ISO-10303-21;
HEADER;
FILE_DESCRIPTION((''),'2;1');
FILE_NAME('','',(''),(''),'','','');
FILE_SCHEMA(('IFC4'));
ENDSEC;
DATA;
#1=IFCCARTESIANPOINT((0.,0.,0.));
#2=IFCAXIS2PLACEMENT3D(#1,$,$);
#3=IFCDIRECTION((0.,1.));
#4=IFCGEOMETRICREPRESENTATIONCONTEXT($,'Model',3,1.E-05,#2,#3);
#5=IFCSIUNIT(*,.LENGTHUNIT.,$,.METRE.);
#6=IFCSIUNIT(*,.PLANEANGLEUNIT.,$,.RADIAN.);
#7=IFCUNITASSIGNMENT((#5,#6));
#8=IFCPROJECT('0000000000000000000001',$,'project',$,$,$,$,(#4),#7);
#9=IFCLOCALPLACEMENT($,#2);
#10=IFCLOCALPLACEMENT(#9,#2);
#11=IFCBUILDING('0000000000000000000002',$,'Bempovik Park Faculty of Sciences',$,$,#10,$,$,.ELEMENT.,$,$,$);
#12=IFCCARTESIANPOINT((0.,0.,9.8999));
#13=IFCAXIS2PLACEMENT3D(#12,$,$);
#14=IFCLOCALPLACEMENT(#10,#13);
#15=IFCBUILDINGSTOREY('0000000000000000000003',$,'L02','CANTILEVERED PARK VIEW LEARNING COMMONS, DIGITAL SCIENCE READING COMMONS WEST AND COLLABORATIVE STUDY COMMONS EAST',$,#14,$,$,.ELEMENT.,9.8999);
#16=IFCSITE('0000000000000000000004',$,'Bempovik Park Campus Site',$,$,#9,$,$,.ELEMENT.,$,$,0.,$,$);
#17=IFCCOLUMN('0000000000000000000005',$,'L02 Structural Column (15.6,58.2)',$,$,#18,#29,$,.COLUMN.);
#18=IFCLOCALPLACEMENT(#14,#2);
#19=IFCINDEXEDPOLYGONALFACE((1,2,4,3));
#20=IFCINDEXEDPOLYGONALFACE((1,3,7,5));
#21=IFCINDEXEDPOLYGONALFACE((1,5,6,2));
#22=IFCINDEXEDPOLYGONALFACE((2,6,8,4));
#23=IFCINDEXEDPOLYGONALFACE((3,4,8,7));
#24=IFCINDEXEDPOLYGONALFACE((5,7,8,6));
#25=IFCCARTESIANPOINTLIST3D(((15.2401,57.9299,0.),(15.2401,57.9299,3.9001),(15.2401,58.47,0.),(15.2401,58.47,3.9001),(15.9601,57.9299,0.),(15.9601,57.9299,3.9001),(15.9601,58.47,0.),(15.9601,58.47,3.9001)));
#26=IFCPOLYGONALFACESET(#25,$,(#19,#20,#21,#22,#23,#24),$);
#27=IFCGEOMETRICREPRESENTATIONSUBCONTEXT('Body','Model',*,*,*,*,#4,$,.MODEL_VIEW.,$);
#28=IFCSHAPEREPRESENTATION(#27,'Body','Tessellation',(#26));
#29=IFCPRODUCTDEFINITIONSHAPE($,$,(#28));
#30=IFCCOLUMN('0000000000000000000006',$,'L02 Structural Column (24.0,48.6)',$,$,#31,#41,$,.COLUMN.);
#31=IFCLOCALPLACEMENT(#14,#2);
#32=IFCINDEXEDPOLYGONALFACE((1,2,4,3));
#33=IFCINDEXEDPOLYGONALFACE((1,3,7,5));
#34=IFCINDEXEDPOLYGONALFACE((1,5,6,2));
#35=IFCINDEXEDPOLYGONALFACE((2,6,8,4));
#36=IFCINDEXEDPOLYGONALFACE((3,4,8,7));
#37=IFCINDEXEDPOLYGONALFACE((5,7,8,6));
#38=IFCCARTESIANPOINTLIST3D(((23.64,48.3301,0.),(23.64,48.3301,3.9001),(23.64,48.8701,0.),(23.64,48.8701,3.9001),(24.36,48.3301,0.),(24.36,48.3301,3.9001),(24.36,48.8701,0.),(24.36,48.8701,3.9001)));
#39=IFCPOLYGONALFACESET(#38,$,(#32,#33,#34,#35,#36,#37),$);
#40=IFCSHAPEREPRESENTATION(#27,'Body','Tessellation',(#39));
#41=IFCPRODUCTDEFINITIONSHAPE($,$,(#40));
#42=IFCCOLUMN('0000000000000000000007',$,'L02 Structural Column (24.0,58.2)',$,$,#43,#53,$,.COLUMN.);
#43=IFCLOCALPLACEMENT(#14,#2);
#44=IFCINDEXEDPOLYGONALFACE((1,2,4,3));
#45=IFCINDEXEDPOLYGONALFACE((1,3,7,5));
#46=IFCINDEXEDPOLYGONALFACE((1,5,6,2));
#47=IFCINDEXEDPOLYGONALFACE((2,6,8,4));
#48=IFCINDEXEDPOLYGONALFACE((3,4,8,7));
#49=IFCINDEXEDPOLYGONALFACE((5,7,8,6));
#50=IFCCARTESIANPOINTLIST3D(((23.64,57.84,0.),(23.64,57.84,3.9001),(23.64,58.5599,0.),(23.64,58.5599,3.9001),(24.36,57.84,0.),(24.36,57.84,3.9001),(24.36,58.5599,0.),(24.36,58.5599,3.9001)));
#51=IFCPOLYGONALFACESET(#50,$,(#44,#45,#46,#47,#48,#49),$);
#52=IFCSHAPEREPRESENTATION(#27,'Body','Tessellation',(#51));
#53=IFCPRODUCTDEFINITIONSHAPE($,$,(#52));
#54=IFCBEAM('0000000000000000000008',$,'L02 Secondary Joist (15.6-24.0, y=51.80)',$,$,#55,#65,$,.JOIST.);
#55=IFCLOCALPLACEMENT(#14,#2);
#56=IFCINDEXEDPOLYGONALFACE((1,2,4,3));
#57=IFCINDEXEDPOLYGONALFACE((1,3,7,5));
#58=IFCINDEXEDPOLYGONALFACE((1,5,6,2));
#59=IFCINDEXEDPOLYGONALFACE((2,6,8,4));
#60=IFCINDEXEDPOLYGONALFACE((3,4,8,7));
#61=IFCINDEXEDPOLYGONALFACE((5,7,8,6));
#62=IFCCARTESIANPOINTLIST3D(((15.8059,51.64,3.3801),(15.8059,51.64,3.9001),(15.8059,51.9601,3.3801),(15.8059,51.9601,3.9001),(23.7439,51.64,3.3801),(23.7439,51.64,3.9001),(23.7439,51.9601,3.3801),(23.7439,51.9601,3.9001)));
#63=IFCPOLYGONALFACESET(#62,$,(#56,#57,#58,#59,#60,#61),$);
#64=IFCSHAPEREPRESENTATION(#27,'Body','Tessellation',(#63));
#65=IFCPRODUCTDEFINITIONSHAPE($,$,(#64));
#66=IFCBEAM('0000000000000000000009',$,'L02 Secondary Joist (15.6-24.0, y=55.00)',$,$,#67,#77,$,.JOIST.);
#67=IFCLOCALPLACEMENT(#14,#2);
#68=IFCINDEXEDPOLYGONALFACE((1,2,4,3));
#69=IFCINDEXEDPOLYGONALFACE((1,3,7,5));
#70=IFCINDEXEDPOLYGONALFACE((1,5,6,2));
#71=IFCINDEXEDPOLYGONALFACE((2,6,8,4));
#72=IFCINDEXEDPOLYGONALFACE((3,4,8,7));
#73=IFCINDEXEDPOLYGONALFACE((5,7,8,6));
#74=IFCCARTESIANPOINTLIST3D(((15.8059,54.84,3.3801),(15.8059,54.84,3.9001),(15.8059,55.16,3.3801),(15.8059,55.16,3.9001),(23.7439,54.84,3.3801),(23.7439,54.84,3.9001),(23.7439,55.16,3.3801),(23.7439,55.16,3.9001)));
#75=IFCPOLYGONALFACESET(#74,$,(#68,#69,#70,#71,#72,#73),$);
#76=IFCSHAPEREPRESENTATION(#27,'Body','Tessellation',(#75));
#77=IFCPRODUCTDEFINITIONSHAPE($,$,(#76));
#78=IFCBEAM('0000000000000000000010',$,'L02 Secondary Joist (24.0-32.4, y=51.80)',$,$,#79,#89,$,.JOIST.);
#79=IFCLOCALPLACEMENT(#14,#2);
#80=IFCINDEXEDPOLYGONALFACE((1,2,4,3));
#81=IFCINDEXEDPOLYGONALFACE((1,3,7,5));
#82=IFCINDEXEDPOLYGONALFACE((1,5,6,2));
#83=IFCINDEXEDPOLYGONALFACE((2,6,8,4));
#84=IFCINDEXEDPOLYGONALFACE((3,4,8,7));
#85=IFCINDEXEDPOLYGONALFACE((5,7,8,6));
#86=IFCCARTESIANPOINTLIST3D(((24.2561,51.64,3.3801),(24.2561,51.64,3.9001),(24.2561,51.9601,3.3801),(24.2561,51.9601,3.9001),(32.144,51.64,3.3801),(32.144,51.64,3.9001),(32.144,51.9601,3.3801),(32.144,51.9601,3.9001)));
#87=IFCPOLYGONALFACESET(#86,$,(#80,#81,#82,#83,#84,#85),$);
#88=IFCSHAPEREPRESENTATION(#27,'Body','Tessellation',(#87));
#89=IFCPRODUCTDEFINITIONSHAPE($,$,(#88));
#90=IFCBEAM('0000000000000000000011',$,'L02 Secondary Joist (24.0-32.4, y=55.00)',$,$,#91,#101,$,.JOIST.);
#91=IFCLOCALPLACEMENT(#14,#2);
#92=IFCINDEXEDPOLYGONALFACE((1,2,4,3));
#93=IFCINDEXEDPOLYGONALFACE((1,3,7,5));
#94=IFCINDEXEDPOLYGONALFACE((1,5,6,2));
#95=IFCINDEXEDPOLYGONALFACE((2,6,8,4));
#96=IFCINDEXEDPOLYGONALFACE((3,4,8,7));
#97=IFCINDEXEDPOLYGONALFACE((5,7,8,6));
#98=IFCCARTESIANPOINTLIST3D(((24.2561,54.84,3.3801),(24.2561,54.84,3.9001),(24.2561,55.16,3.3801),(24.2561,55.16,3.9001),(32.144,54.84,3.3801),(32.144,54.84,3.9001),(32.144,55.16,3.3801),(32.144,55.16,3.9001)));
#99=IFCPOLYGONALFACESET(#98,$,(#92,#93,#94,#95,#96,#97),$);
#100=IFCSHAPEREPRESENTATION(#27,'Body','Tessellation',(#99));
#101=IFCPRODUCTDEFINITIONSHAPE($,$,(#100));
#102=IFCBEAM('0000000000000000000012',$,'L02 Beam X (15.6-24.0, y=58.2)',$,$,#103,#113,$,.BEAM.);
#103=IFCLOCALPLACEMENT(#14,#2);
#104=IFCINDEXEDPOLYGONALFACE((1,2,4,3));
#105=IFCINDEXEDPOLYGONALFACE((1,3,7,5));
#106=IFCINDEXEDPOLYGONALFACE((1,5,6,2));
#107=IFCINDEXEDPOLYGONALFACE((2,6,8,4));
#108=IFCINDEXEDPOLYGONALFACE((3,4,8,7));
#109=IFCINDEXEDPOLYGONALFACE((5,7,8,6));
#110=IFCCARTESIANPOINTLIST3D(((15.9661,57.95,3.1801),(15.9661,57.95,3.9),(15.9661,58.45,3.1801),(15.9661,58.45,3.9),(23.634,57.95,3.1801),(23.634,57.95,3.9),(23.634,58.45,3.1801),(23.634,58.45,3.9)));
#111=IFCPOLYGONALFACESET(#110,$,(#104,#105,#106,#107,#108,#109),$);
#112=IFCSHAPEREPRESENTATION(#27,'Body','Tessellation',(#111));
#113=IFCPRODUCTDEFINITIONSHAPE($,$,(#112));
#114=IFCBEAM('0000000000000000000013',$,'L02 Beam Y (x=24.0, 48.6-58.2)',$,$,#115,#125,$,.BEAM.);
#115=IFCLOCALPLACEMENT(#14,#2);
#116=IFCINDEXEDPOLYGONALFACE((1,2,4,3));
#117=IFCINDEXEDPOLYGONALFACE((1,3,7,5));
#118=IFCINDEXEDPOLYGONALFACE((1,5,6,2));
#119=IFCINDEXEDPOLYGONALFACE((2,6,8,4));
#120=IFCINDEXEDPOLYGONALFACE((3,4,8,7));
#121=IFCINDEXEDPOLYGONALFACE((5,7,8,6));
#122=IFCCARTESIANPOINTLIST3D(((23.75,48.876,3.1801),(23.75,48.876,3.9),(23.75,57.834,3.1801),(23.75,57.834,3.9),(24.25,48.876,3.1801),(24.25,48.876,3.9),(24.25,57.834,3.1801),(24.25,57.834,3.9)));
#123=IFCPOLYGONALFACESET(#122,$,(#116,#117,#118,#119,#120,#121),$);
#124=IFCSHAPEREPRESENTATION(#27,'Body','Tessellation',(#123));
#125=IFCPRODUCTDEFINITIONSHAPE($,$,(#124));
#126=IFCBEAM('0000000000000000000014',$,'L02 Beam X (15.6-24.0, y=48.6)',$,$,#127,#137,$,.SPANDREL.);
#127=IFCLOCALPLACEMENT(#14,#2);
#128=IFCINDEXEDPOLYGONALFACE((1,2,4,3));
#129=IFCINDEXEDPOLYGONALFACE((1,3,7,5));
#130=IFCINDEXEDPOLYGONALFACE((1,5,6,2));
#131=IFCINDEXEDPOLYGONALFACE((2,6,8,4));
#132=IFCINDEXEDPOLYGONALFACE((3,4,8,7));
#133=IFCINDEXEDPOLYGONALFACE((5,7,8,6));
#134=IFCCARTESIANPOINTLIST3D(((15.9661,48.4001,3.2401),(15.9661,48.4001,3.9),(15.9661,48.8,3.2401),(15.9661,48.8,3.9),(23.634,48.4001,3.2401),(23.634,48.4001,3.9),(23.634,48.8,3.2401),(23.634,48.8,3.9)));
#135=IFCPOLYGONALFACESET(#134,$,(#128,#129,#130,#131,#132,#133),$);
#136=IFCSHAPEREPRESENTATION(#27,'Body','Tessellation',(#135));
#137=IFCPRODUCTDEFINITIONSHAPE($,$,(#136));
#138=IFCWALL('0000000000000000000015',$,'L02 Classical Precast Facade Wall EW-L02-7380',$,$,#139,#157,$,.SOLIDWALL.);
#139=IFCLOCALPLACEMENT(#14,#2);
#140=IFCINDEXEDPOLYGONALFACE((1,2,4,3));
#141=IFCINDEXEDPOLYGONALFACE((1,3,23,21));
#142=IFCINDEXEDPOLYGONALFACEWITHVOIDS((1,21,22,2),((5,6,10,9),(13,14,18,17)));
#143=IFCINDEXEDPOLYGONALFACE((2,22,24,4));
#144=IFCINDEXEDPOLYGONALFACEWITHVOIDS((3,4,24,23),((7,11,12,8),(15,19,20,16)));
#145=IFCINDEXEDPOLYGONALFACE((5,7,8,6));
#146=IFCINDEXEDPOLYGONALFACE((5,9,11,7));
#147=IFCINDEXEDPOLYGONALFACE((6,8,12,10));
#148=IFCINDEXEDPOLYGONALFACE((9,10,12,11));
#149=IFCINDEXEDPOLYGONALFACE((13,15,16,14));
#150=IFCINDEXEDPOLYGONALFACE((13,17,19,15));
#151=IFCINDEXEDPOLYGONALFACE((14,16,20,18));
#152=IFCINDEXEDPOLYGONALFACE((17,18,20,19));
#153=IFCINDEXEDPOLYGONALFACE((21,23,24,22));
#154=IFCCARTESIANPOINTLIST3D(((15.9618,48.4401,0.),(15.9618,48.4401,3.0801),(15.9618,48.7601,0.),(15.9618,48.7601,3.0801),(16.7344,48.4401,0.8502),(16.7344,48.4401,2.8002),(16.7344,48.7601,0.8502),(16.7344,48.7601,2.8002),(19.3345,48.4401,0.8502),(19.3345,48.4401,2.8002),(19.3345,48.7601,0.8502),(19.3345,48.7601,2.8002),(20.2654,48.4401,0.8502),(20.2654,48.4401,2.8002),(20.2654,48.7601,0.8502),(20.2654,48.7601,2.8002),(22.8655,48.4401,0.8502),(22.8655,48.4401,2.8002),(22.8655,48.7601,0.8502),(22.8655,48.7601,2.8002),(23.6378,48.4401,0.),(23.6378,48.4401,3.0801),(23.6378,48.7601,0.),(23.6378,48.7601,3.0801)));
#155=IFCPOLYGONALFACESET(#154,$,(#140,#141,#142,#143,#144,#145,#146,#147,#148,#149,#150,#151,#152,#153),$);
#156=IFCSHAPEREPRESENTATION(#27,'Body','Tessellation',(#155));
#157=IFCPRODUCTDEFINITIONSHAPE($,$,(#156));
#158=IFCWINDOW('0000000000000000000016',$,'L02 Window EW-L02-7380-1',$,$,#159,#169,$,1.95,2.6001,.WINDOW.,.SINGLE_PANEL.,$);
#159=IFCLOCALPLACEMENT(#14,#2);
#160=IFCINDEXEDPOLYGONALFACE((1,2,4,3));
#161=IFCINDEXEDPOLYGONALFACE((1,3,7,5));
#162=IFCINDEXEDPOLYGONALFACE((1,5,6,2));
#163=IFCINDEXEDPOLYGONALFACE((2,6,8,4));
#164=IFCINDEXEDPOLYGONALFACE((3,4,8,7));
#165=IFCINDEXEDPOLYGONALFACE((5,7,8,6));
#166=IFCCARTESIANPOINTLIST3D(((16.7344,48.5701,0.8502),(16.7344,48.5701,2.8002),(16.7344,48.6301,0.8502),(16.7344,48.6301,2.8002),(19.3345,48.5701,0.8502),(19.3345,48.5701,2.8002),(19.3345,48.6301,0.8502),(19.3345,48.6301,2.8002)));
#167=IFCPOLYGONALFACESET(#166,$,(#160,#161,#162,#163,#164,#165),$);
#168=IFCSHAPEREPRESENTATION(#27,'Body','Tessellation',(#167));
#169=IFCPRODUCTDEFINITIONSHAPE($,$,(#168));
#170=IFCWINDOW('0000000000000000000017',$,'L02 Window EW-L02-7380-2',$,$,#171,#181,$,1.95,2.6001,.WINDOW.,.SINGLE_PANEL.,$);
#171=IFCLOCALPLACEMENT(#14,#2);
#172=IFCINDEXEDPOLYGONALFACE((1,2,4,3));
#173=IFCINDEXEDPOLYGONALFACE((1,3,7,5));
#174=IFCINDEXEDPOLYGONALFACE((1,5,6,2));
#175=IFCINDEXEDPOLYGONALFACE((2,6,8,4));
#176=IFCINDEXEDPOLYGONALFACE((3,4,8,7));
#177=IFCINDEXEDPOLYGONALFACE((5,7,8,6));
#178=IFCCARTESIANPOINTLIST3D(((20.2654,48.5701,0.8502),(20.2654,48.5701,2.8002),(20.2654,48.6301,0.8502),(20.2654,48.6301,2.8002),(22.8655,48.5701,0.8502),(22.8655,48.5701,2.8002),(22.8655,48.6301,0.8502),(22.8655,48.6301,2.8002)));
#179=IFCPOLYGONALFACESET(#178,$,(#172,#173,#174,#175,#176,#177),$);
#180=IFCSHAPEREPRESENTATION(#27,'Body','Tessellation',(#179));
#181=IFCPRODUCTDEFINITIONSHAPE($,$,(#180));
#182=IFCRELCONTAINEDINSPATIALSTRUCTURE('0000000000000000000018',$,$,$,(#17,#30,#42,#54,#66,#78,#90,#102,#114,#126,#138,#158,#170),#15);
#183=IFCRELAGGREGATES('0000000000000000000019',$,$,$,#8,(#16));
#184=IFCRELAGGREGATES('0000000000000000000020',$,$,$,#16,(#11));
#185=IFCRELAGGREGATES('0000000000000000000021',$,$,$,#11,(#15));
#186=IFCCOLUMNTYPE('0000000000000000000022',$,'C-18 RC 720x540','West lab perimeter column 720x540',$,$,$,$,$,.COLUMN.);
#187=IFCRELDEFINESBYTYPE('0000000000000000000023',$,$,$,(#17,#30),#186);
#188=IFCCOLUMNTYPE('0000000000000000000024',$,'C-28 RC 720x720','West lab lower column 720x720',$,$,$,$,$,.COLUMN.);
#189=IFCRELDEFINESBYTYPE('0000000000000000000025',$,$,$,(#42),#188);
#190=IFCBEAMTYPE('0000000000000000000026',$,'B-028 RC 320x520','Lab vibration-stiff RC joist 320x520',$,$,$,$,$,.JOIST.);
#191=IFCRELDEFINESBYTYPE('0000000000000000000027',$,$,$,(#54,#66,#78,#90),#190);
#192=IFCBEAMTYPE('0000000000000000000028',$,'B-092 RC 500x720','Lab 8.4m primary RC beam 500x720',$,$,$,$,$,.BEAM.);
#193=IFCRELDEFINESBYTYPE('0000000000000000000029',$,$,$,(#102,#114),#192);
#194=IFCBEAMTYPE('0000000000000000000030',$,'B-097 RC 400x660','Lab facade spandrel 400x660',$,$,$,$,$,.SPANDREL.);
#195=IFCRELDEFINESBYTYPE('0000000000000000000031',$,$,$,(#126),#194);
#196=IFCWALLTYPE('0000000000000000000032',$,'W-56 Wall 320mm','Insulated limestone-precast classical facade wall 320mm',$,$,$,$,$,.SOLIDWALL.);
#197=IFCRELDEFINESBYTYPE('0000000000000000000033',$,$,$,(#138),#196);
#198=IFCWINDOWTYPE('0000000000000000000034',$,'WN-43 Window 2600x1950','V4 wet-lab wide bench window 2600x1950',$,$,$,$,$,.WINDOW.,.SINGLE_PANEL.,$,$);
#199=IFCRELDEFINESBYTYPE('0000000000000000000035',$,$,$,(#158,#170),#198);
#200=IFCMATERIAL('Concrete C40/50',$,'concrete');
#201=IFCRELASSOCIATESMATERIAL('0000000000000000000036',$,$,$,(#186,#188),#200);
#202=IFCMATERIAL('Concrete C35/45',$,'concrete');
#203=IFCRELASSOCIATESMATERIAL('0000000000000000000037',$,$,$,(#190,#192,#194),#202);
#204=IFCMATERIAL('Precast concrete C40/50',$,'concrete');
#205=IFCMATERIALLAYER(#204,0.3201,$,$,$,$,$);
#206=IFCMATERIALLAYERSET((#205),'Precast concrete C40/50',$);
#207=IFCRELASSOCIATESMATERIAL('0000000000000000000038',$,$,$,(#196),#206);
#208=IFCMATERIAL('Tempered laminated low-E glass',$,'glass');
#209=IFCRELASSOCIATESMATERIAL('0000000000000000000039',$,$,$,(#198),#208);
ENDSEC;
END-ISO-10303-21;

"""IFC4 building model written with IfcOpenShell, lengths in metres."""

from ifc_helpers import new_model, si_unit, direction, frame, frame_2d, origin, origin_2d, place, context, subcontext, project, spatial, rectangle, extrude, material, layer, layer_set, material_profile, profile_set, type_object, element, fill, save


model = new_model("IFC4")

# Units and contexts
model_context = context("Model", 3, precision=1e-05, world=origin(), true_north=direction((0.0, 1.0)))
body_context = subcontext(model_context, "Body", "Model", "MODEL_VIEW")
ifc_project = project(units=[si_unit("LENGTHUNIT", "METRE"), si_unit("PLANEANGLEUNIT", "RADIAN")], contexts=[model_context])

# Site, building, storey
site_placement = place(None, origin())
site = spatial("IfcSite", under=ifc_project, at=site_placement, Name="Bempovik Park Campus Site", CompositionType="ELEMENT", RefElevation=0.0)
building_placement = place(site_placement, origin())
building = spatial("IfcBuilding", under=site, at=building_placement, Name="Bempovik Park Faculty of Sciences", CompositionType="ELEMENT")
storey_placement = place(building_placement, frame((0.0, 0.0, 9.8999)))
storey = spatial("IfcBuildingStorey", under=building, at=storey_placement, Name="L02", Description="CANTILEVERED PARK VIEW LEARNING COMMONS, DIGITAL SCIENCE READING COMMONS WEST AND COLLABORATIVE STUDY COMMONS EAST", CompositionType="ELEMENT", Elevation=9.8999)

# Columns
ifc_material_1 = material(Name="Concrete C40/50", Category="concrete")
ifc_material_profile_1 = material_profile(ifc_material_1, rectangle(XDim=0.72, YDim=0.54, at=origin_2d()), Name="RC 720x540")
ifc_profile_set_1 = profile_set([ifc_material_profile_1], Name="Concrete C40/50")
column_type_1 = type_object("IfcColumnType", Name="C-18 RC 720x540", Description="West lab perimeter column 720x540", PredefinedType="COLUMN", material=ifc_profile_set_1)
for number, where, z_axis, x_axis, name in (
    (1, (15.6001, 58.2, 0.0), (0.0, 0.0, 1.0), (1.0, 0.0, 0.0), "L02 Structural Column (15.6,58.2)"),
    (2, (24.0, 48.6001, 0.0), (0.0, 0.0, 1.0), (1.0, 0.0, 0.0), "L02 Structural Column (24.0,48.6)"),
):
    element("IfcColumn", number, at=place(storey_placement, frame(where, z_axis=z_axis, x_axis=x_axis)), inside=storey, type_object=column_type_1, Name=name, PredefinedType="COLUMN", context=body_context, shape_type="SweptSolid", body=[
        extrude(rectangle(XDim=0.72, YDim=0.54, at=origin_2d()), origin(), (0.0, 0.0, 1.0), 3.9001),
    ])
ifc_material_profile_2 = material_profile(ifc_material_1, rectangle(XDim=0.72, YDim=0.72, at=origin_2d()), Name="RC 720x720")
ifc_profile_set_2 = profile_set([ifc_material_profile_2], Name="Concrete C40/50")
column_type_2 = type_object("IfcColumnType", Name="C-28 RC 720x720", Description="West lab lower column 720x720", PredefinedType="COLUMN", material=ifc_profile_set_2)
column_placement = place(storey_placement, frame((24.0, 58.2, 0.0), z_axis=(0.0, 0.0, 1.0), x_axis=(1.0, 0.0, 0.0)))
element("IfcColumn", 3, at=column_placement, inside=storey, type_object=column_type_2, Name="L02 Structural Column (24.0,58.2)", PredefinedType="COLUMN", context=body_context, shape_type="SweptSolid", body=[
    extrude(rectangle(XDim=0.72, YDim=0.72, at=origin_2d()), origin(), (0.0, 0.0, 1.0), 3.9001),
])

# Beams
ifc_material_2 = material(Name="Concrete C35/45", Category="concrete")
ifc_material_profile_3 = material_profile(ifc_material_2, rectangle(XDim=0.3201, YDim=0.52, at=origin_2d()), Name="RC 320x520")
ifc_profile_set_3 = profile_set([ifc_material_profile_3], Name="Concrete C35/45")
beam_type_1 = type_object("IfcBeamType", Name="B-028 RC 320x520", Description="Lab vibration-stiff RC joist 320x520", PredefinedType="JOIST", material=ifc_profile_set_3)
for number, where, z_axis, x_axis, name in (
    (4, (15.8059, 51.8, 3.6401), (1.0, 0.0, 0.0), (0.0, 1.0, 0.0), "L02 Secondary Joist (15.6-24.0, y=51.80)"),
    (5, (15.8059, 55.0, 3.6401), (1.0, 0.0, 0.0), (0.0, 1.0, 0.0), "L02 Secondary Joist (15.6-24.0, y=55.00)"),
):
    element("IfcBeam", number, at=place(storey_placement, frame(where, z_axis=z_axis, x_axis=x_axis)), inside=storey, type_object=beam_type_1, Name=name, PredefinedType="JOIST", context=body_context, shape_type="SweptSolid", body=[
        extrude(rectangle(XDim=0.3201, YDim=0.52, at=origin_2d()), origin(), (0.0, 0.0, 1.0), 7.938),
    ])
for number, where, z_axis, x_axis, name in (
    (6, (24.2561, 51.8, 3.6401), (1.0, 0.0, 0.0), (0.0, 1.0, 0.0), "L02 Secondary Joist (24.0-32.4, y=51.80)"),
    (7, (24.2561, 55.0, 3.6401), (1.0, 0.0, 0.0), (0.0, 1.0, 0.0), "L02 Secondary Joist (24.0-32.4, y=55.00)"),
):
    element("IfcBeam", number, at=place(storey_placement, frame(where, z_axis=z_axis, x_axis=x_axis)), inside=storey, type_object=beam_type_1, Name=name, PredefinedType="JOIST", context=body_context, shape_type="SweptSolid", body=[
        extrude(rectangle(XDim=0.3201, YDim=0.52, at=origin_2d()), origin(), (0.0, 0.0, 1.0), 7.8879),
    ])
ifc_material_profile_4 = material_profile(ifc_material_2, rectangle(XDim=0.5, YDim=0.72, at=origin_2d()), Name="RC 500x720")
ifc_profile_set_4 = profile_set([ifc_material_profile_4], Name="Concrete C35/45")
beam_type_2 = type_object("IfcBeamType", Name="B-092 RC 500x720", Description="Lab 8.4m primary RC beam 500x720", PredefinedType="BEAM", material=ifc_profile_set_4)
beam_1_placement = place(storey_placement, frame((15.9661, 58.2, 3.54), z_axis=(1.0, 0.0, 0.0), x_axis=(0.0, 1.0, 0.0)))
element("IfcBeam", 8, at=beam_1_placement, inside=storey, type_object=beam_type_2, Name="L02 Beam X (15.6-24.0, y=58.2)", PredefinedType="BEAM", context=body_context, shape_type="SweptSolid", body=[
    extrude(rectangle(XDim=0.5, YDim=0.72, at=origin_2d()), origin(), (0.0, 0.0, 1.0), 7.668),
])
beam_2_placement = place(storey_placement, frame((24.0, 48.876, 3.54), z_axis=(0.0, 1.0, 0.0), x_axis=(-1.0, 0.0, 0.0)))
element("IfcBeam", 9, at=beam_2_placement, inside=storey, type_object=beam_type_2, Name="L02 Beam Y (x=24.0, 48.6-58.2)", PredefinedType="BEAM", context=body_context, shape_type="SweptSolid", body=[
    extrude(rectangle(XDim=0.5, YDim=0.72, at=origin_2d()), origin(), (0.0, 0.0, 1.0), 8.958),
])
ifc_material_profile_5 = material_profile(ifc_material_2, rectangle(XDim=0.3999, YDim=0.6599, at=origin_2d()), Name="RC 400x660")
ifc_profile_set_5 = profile_set([ifc_material_profile_5], Name="Concrete C35/45")
beam_type_3 = type_object("IfcBeamType", Name="B-097 RC 400x660", Description="Lab facade spandrel 400x660", PredefinedType="SPANDREL", material=ifc_profile_set_5)
beam_3_placement = place(storey_placement, frame((15.9661, 48.6001, 3.5701), z_axis=(1.0, 0.0, 0.0), x_axis=(0.0, 1.0, 0.0)))
element("IfcBeam", 10, at=beam_3_placement, inside=storey, type_object=beam_type_3, Name="L02 Beam X (15.6-24.0, y=48.6)", PredefinedType="SPANDREL", context=body_context, shape_type="SweptSolid", body=[
    extrude(rectangle(XDim=0.3999, YDim=0.6599, at=origin_2d()), origin(), (0.0, 0.0, 1.0), 7.668),
])

# Wall, openings, windows
ifc_material_3 = material(Name="Precast concrete C40/50", Category="concrete")
ifc_layer_1 = layer(ifc_material_3, 0.3201)
ifc_layer_set_1 = layer_set([ifc_layer_1], Name="Precast concrete C40/50")
wall_type_1 = type_object("IfcWallType", Name="W-56 Wall 320mm", Description="Insulated limestone-precast classical facade wall 320mm", PredefinedType="SOLIDWALL", material=ifc_layer_set_1)
wall_1_placement = place(storey_placement, frame((15.9619, 48.6001, 0.0), z_axis=(0.0, 0.0, 1.0), x_axis=(1.0, 0.0, 0.0)))
wall_1 = element("IfcWall", 11, at=wall_1_placement, inside=storey, type_object=wall_type_1, Name="L02 Classical Precast Facade Wall EW-L02-7380", PredefinedType="SOLIDWALL", context=body_context, shape_type="SweptSolid", body=[
    extrude(rectangle(XDim=7.676, YDim=0.3201, at=frame_2d((3.8379, 0.0))), origin(), (0.0, 0.0, 1.0), 3.0801),
])
opening_1_placement = place(wall_1_placement, frame((0.7725, 0.0, 0.8501)))
opening_1 = element("IfcOpeningElement", 12, at=opening_1_placement, cuts=wall_1, PredefinedType="OPENING", context=body_context, shape_type="SweptSolid", body=[
    extrude(rectangle(XDim=2.6001, YDim=1.95, at=frame_2d((1.3, 0.9751))), frame((0.0, 0.1699, 0.0), z_axis=(0.0, -1.0, 0.0), x_axis=(1.0, 0.0, 0.0)), (0.0, 0.0, 1.0), 0.3401),
])
opening_2_placement = place(wall_1_placement, frame((4.3035, 0.0, 0.8501)))
opening_2 = element("IfcOpeningElement", 13, at=opening_2_placement, cuts=wall_1, PredefinedType="OPENING", context=body_context, shape_type="SweptSolid", body=[
    extrude(rectangle(XDim=2.6001, YDim=1.95, at=frame_2d((1.3, 0.9751))), frame((0.0, 0.1699, 0.0), z_axis=(0.0, -1.0, 0.0), x_axis=(1.0, 0.0, 0.0)), (0.0, 0.0, 1.0), 0.3401),
])
ifc_material_4 = material(Name="Tempered laminated low-E glass", Category="glass")
window_type_1 = type_object("IfcWindowType", Name="WN-43 Window 2600x1950", Description="V4 wet-lab wide bench window 2600x1950", PartitioningType="SINGLE_PANEL", PredefinedType="WINDOW", material=ifc_material_4)
window_1_placement = place(opening_1_placement, origin())
window_1 = element("IfcWindow", 14, at=window_1_placement, inside=storey, type_object=window_type_1, Name="L02 Window EW-L02-7380-1", OverallHeight=1.95, OverallWidth=2.6001, PartitioningType="SINGLE_PANEL", PredefinedType="WINDOW", context=body_context, shape_type="SweptSolid", body=[
    extrude(rectangle(XDim=2.6001, YDim=1.95, at=frame_2d((1.3, 0.9751))), frame((0.0, 0.03, 0.0), z_axis=(0.0, -1.0, 0.0), x_axis=(1.0, 0.0, 0.0)), (0.0, 0.0, 1.0), 0.0601),
])
fill(opening_1, window_1)
window_2_placement = place(opening_2_placement, origin())
window_2 = element("IfcWindow", 15, at=window_2_placement, inside=storey, type_object=window_type_1, Name="L02 Window EW-L02-7380-2", OverallHeight=1.95, OverallWidth=2.6001, PartitioningType="SINGLE_PANEL", PredefinedType="WINDOW", context=body_context, shape_type="SweptSolid", body=[
    extrude(rectangle(XDim=2.6001, YDim=1.95, at=frame_2d((1.3, 0.9751))), frame((0.0, 0.03, 0.0), z_axis=(0.0, -1.0, 0.0), x_axis=(1.0, 0.0, 0.0)), (0.0, 0.0, 1.0), 0.0601),
])
fill(opening_2, window_2)

save(model, "model.ifc")
